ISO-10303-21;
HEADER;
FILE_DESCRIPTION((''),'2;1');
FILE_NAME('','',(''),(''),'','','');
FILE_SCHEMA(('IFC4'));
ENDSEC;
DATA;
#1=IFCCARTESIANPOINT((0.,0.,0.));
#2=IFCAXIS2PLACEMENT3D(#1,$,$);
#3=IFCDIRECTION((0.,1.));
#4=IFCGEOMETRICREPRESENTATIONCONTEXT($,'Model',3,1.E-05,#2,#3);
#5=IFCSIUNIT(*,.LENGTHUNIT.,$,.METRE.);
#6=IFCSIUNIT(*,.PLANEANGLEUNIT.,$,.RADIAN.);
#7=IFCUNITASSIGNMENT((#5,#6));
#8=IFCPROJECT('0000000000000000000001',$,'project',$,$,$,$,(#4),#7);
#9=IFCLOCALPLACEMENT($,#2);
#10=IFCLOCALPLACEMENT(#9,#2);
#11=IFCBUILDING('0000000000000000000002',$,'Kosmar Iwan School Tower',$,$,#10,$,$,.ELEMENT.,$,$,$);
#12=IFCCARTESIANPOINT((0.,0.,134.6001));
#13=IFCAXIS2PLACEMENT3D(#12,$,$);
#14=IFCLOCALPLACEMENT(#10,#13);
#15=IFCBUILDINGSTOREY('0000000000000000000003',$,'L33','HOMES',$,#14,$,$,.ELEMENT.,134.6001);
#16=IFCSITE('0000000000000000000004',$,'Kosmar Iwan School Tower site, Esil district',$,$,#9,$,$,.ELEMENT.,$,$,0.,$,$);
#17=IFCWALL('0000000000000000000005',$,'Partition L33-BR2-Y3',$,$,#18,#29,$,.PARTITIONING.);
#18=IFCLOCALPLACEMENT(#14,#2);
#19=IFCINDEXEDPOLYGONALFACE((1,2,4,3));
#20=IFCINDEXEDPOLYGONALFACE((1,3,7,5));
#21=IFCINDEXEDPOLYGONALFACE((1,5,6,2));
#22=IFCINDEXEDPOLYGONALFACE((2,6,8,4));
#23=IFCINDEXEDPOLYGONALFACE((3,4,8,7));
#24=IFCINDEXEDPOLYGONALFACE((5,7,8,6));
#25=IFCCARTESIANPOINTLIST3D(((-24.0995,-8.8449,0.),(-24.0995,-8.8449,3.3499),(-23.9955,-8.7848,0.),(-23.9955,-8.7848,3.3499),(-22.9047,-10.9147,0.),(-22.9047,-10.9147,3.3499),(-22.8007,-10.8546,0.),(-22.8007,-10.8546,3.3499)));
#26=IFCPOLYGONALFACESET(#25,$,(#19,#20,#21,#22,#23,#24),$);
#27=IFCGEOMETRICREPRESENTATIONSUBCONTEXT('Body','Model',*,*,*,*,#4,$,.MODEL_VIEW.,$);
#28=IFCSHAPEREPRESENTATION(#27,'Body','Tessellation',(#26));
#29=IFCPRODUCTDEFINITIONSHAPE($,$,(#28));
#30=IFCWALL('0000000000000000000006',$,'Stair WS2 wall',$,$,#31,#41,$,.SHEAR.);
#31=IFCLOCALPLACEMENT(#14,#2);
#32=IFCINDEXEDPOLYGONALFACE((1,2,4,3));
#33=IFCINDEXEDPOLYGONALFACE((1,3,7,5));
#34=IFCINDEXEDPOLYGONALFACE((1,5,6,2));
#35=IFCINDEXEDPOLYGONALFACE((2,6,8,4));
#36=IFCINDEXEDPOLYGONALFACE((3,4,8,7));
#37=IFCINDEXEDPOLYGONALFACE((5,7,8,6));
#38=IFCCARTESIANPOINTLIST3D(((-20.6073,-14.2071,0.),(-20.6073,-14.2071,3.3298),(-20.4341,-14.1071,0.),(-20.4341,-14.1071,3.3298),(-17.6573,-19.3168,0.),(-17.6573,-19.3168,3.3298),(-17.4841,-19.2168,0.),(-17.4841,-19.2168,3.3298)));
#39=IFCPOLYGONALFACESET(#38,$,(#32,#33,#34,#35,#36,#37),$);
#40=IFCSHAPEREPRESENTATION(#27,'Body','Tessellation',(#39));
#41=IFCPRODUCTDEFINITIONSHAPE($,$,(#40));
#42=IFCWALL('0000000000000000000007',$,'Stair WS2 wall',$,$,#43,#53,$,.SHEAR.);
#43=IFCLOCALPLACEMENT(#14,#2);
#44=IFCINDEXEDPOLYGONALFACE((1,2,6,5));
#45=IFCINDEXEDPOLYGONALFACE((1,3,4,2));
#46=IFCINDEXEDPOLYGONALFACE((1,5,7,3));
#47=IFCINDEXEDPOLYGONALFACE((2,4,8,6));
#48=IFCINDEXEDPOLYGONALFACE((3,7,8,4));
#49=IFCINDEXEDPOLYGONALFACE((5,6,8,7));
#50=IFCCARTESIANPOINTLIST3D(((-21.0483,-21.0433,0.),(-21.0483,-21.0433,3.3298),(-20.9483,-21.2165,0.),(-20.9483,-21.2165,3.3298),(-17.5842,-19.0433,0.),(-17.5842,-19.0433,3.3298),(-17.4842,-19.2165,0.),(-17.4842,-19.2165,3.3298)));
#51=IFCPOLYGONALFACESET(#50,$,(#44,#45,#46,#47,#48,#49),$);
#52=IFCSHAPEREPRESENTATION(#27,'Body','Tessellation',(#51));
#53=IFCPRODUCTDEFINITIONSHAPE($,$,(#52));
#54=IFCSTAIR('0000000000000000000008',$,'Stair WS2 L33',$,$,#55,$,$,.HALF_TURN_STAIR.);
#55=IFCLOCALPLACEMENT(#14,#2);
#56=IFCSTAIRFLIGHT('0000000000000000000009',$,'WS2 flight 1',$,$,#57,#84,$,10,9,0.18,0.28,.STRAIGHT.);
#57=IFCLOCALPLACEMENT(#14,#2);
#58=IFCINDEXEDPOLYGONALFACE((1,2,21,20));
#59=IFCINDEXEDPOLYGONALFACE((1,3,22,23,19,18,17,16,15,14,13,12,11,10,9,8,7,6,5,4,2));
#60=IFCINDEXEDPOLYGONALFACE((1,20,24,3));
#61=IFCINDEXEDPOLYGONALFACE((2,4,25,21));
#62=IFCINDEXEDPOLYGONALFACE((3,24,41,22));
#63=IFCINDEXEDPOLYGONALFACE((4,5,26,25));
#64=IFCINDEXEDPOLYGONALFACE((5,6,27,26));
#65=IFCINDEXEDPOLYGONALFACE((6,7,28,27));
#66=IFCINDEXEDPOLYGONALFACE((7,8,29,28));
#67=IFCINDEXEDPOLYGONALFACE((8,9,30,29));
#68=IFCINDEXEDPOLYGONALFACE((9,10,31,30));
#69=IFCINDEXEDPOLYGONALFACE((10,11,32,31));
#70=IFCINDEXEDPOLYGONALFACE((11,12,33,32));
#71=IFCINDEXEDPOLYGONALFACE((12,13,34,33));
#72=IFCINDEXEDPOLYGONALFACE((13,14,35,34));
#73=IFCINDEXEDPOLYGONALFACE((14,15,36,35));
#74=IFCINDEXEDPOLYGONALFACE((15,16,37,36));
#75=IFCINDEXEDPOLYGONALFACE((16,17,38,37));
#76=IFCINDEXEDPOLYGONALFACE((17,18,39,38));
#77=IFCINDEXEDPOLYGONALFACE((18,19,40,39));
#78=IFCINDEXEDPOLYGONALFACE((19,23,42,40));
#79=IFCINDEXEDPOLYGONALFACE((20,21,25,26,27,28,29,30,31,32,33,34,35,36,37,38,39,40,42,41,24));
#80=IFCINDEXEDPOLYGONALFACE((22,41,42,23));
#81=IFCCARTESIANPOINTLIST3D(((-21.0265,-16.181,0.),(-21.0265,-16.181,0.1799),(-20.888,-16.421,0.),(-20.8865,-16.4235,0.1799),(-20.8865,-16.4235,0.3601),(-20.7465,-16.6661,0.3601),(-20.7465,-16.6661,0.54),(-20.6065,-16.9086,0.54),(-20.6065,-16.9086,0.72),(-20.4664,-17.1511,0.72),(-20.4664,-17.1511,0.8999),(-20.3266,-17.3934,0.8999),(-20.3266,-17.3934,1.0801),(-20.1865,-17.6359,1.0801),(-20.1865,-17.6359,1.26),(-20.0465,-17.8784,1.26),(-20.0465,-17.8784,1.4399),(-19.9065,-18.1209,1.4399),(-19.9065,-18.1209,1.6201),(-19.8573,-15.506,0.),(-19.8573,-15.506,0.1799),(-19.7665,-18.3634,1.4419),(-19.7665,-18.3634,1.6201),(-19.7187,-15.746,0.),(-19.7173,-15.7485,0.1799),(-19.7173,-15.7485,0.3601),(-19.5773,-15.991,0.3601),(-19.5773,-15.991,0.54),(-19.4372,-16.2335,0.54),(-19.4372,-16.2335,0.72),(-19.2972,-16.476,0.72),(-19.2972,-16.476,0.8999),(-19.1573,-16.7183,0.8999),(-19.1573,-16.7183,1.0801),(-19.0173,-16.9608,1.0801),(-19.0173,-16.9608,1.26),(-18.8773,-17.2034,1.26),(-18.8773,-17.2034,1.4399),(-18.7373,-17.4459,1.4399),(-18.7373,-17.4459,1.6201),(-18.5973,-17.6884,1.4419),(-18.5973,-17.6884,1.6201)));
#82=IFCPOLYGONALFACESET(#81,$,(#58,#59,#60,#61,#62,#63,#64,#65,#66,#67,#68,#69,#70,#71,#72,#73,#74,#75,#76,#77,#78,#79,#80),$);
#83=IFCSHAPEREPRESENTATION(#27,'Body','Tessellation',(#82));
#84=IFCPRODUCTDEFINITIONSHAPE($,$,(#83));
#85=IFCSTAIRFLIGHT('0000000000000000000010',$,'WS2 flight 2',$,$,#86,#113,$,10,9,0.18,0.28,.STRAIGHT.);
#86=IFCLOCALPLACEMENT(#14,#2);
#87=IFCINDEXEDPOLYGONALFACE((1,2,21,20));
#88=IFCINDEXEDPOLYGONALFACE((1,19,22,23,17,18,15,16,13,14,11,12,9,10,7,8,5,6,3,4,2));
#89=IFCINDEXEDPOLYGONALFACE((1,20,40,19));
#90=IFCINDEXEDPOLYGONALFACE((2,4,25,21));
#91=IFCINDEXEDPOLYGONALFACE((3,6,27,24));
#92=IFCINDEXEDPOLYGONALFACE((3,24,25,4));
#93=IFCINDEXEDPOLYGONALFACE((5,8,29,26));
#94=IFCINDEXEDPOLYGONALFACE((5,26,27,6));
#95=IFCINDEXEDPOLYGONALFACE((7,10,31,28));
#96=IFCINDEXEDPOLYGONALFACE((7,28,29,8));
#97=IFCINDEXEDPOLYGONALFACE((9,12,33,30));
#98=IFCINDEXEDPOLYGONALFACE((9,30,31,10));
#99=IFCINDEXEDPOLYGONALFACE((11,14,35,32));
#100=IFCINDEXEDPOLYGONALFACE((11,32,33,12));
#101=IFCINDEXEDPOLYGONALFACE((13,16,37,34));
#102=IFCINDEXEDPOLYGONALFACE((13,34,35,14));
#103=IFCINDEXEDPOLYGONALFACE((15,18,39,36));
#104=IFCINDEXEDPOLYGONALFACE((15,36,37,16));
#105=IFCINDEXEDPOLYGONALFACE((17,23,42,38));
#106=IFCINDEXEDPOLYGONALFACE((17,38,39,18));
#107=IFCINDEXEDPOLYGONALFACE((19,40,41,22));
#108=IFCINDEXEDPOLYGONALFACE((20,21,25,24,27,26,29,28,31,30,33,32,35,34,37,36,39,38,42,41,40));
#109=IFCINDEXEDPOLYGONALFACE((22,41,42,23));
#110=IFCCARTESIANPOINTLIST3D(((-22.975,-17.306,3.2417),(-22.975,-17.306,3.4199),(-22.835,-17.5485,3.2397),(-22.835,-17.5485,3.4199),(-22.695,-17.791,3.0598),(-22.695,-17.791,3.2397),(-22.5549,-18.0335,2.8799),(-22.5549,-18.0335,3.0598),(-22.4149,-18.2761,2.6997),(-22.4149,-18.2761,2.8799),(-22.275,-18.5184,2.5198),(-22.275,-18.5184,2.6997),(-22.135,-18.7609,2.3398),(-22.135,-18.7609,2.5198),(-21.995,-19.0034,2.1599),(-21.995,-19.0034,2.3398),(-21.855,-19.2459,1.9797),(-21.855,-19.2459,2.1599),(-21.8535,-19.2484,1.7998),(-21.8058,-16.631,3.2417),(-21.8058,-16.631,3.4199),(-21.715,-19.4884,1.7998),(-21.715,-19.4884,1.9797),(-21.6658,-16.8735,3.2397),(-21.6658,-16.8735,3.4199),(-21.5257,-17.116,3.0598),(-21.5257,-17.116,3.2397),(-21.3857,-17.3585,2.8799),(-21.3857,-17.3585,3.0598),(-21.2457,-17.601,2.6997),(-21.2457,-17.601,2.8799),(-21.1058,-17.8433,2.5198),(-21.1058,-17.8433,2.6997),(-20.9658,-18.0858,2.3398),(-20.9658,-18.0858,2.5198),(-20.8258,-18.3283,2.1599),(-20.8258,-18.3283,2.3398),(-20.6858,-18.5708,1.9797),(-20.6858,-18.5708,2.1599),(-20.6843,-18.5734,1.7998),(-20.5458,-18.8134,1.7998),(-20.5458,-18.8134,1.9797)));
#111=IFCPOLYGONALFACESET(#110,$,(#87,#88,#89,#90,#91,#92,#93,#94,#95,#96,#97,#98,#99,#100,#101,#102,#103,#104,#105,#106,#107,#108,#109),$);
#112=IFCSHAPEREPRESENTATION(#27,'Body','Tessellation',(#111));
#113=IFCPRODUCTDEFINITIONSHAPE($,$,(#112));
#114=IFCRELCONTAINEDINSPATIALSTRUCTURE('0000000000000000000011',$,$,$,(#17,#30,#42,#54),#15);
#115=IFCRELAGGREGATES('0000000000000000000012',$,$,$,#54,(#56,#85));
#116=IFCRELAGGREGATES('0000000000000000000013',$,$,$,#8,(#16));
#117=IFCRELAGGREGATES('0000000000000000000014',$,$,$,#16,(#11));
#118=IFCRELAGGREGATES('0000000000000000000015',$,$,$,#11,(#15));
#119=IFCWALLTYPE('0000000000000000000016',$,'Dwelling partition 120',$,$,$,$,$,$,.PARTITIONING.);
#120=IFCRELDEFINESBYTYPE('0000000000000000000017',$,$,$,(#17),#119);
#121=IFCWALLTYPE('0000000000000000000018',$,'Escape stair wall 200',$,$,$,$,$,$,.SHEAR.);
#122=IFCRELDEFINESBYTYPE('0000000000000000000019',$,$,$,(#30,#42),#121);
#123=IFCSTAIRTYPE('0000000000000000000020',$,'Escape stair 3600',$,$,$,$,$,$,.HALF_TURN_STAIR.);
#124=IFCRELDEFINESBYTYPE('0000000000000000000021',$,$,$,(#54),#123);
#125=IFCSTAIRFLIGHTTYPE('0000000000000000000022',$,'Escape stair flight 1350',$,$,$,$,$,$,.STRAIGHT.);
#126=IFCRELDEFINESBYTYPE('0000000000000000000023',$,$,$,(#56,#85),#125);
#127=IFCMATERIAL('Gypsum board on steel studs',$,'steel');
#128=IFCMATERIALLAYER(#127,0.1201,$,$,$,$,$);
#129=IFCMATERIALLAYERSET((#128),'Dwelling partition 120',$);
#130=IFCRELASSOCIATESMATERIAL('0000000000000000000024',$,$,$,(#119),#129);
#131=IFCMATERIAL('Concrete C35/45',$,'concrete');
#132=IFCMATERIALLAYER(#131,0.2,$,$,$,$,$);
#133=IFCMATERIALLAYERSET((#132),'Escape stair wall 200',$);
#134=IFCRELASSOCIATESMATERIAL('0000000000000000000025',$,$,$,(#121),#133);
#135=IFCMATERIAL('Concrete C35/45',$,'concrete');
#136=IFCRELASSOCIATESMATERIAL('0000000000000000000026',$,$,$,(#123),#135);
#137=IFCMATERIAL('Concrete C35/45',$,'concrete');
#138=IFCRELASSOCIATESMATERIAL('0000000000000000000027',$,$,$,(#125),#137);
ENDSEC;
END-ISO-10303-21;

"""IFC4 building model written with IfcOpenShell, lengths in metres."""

from ifc_helpers import new_model, si_unit, direction, frame, frame_2d, origin, place, context, subcontext, project, spatial, polyline, rectangle, outline, extrude, material, layer, layer_set, type_object, element, aggregate, save


model = new_model("IFC4")

# Units and contexts
model_context = context("Model", 3, precision=1e-05, world=origin(), true_north=direction((0.0, 1.0)))
body_context = subcontext(model_context, "Body", "Model", "MODEL_VIEW")
ifc_project = project(units=[si_unit("LENGTHUNIT", "METRE"), si_unit("PLANEANGLEUNIT", "RADIAN")], contexts=[model_context])

# Site, building, storey
site_placement = place(None, origin())
site = spatial("IfcSite", under=ifc_project, at=site_placement, Name="Kosmar Iwan School Tower site, Esil district", CompositionType="ELEMENT", RefElevation=0.0)
building_placement = place(site_placement, origin())
building = spatial("IfcBuilding", under=site, at=building_placement, Name="Kosmar Iwan School Tower", CompositionType="ELEMENT")
storey_placement = place(building_placement, frame((0.0, 0.0, 134.6001)))
storey = spatial("IfcBuildingStorey", under=building, at=storey_placement, Name="L33", Description="HOMES", CompositionType="ELEMENT", Elevation=134.6001)

# Shared definitions
ifc_material_1 = material(Name="Gypsum board on steel studs", Category="steel")
ifc_layer_1 = layer(ifc_material_1, 0.1201)
ifc_layer_set_1 = layer_set([ifc_layer_1], Name="Dwelling partition 120")
wall_type_1 = type_object("IfcWallType", Name="Dwelling partition 120", PredefinedType="PARTITIONING", material=ifc_layer_set_1)

# Walls
wall_1_placement = place(storey_placement, frame((-22.8528, -10.8845, 0.0), z_axis=(0.0, 0.0, 1.0), x_axis=(-0.499941, 0.86606, 0.0)))
element("IfcWall", 1, at=wall_1_placement, inside=storey, type_object=wall_type_1, Name="Partition L33-BR2-Y3", PredefinedType="PARTITIONING", context=body_context, shape_type="SweptSolid", body=[
    extrude(rectangle(XDim=2.3899, YDim=0.1201, at=frame_2d((1.1948, 0.0))), origin(), (0.0, 0.0, 1.0), 3.3499),
])
ifc_material_2 = material(Name="Concrete C35/45", Category="concrete")
ifc_layer_2 = layer(ifc_material_2, 0.2)
ifc_layer_set_2 = layer_set([ifc_layer_2], Name="Escape stair wall 200")
wall_type_2 = type_object("IfcWallType", Name="Escape stair wall 200", PredefinedType="SHEAR", material=ifc_layer_set_2)
wall_2_placement = place(storey_placement, frame((-20.5208, -14.157, 0.0), z_axis=(0.0, 0.0, 1.0), x_axis=(0.499989, -0.866032, 0.0)))
element("IfcWall", 2, at=wall_2_placement, inside=storey, type_object=wall_type_2, Name="Stair WS2 wall", PredefinedType="SHEAR", context=body_context, shape_type="SweptSolid", body=[
    extrude(rectangle(XDim=5.9001, YDim=0.2, at=frame_2d((2.9502, 0.0))), origin(), (0.0, 0.0, 1.0), 3.3298),
])
wall_3_placement = place(storey_placement, frame((-17.5342, -19.1299, 0.0), z_axis=(0.0, 0.0, 1.0), x_axis=(-0.866026, -0.499999, 0.0)))
element("IfcWall", 3, at=wall_3_placement, inside=storey, type_object=wall_type_2, Name="Stair WS2 wall", PredefinedType="SHEAR", context=body_context, shape_type="SweptSolid", body=[
    extrude(rectangle(XDim=4.0, YDim=0.2, at=frame_2d((2.0, 0.0))), origin(), (0.0, 0.0, 1.0), 3.3298),
])

# Stair, stair flights
ifc_material_3 = material(Name="Concrete C35/45", Category="concrete")
stair_type = type_object("IfcStairType", Name="Escape stair 3600", PredefinedType="HALF_TURN_STAIR", material=ifc_material_3)
stair_placement = place(storey_placement, origin())
stair = element("IfcStair", 4, at=stair_placement, inside=storey, type_object=stair_type, Name="Stair WS2 L33", PredefinedType="HALF_TURN_STAIR")
ifc_material_4 = material(Name="Concrete C35/45", Category="concrete")
stair_flight_type = type_object("IfcStairFlightType", Name="Escape stair flight 1350", PredefinedType="STRAIGHT", material=ifc_material_4)
stair_flight_1_placement = place(storey_placement, frame((-20.4419, -15.8435, 0.0), z_axis=(0.0, 0.0, 1.0), x_axis=(0.5, -0.866025, 0.0)))
stair_flight_1 = element("IfcStairFlight", 5, at=stair_flight_1_placement, type_object=stair_flight_type, Name="WS2 flight 1", NumberOfRisers=10, NumberOfTreads=9, PredefinedType="STRAIGHT", RiserHeight=0.18, TreadLength=0.28, context=body_context, shape_type="SweptSolid", body=[
    extrude(outline(polyline([(0.0, 0.0), (0.0, 0.1799), (0.28, 0.1799), (0.28, 0.3601), (0.5601, 0.3601), (0.5601, 0.54), (0.8401, 0.54), (0.8401, 0.72), (1.1201, 0.72), (1.1201, 0.8999), (1.3999, 0.8999), (1.3999, 1.0801), (1.6799, 1.0801), (1.6799, 1.26), (1.96, 1.26), (1.96, 1.4399), (2.24, 1.4399), (2.24, 1.6201), (2.52, 1.6201), (2.52, 1.8), (2.52, 1.4419), (0.2771, 0.0), (0.0, 0.0)])), frame((0.0, 0.675, 0.0), z_axis=(0.0, -1.0, 0.0), x_axis=(1.0, 0.0, 0.0)), (0.0, 0.0, 1.0), 1.3501),
])
stair_flight_2_placement = place(storey_placement, frame((-21.1304, -19.1509, 1.7998), z_axis=(0.0, 0.0, 1.0), x_axis=(-0.5, 0.866025, 0.0)))
stair_flight_2 = element("IfcStairFlight", 6, at=stair_flight_2_placement, type_object=stair_flight_type, Name="WS2 flight 2", NumberOfRisers=10, NumberOfTreads=9, PredefinedType="STRAIGHT", RiserHeight=0.18, TreadLength=0.28, context=body_context, shape_type="SweptSolid", body=[
    extrude(outline(polyline([(0.0, 0.0), (0.0, 0.1799), (0.28, 0.1799), (0.28, 0.3601), (0.5601, 0.3601), (0.5601, 0.54), (0.8401, 0.54), (0.8401, 0.72), (1.1201, 0.72), (1.1201, 0.8999), (1.3999, 0.8999), (1.3999, 1.0801), (1.6799, 1.0801), (1.6799, 1.26), (1.96, 1.26), (1.96, 1.4399), (2.24, 1.4399), (2.24, 1.6201), (2.52, 1.6201), (2.52, 1.8), (2.52, 1.4419), (0.2771, 0.0), (0.0, 0.0)])), frame((0.0, 0.675, 0.0), z_axis=(0.0, -1.0, 0.0), x_axis=(1.0, 0.0, 0.0)), (0.0, 0.0, 1.0), 1.3501),
])
aggregate(stair, [stair_flight_1, stair_flight_2])

save(model, "model.ifc")
